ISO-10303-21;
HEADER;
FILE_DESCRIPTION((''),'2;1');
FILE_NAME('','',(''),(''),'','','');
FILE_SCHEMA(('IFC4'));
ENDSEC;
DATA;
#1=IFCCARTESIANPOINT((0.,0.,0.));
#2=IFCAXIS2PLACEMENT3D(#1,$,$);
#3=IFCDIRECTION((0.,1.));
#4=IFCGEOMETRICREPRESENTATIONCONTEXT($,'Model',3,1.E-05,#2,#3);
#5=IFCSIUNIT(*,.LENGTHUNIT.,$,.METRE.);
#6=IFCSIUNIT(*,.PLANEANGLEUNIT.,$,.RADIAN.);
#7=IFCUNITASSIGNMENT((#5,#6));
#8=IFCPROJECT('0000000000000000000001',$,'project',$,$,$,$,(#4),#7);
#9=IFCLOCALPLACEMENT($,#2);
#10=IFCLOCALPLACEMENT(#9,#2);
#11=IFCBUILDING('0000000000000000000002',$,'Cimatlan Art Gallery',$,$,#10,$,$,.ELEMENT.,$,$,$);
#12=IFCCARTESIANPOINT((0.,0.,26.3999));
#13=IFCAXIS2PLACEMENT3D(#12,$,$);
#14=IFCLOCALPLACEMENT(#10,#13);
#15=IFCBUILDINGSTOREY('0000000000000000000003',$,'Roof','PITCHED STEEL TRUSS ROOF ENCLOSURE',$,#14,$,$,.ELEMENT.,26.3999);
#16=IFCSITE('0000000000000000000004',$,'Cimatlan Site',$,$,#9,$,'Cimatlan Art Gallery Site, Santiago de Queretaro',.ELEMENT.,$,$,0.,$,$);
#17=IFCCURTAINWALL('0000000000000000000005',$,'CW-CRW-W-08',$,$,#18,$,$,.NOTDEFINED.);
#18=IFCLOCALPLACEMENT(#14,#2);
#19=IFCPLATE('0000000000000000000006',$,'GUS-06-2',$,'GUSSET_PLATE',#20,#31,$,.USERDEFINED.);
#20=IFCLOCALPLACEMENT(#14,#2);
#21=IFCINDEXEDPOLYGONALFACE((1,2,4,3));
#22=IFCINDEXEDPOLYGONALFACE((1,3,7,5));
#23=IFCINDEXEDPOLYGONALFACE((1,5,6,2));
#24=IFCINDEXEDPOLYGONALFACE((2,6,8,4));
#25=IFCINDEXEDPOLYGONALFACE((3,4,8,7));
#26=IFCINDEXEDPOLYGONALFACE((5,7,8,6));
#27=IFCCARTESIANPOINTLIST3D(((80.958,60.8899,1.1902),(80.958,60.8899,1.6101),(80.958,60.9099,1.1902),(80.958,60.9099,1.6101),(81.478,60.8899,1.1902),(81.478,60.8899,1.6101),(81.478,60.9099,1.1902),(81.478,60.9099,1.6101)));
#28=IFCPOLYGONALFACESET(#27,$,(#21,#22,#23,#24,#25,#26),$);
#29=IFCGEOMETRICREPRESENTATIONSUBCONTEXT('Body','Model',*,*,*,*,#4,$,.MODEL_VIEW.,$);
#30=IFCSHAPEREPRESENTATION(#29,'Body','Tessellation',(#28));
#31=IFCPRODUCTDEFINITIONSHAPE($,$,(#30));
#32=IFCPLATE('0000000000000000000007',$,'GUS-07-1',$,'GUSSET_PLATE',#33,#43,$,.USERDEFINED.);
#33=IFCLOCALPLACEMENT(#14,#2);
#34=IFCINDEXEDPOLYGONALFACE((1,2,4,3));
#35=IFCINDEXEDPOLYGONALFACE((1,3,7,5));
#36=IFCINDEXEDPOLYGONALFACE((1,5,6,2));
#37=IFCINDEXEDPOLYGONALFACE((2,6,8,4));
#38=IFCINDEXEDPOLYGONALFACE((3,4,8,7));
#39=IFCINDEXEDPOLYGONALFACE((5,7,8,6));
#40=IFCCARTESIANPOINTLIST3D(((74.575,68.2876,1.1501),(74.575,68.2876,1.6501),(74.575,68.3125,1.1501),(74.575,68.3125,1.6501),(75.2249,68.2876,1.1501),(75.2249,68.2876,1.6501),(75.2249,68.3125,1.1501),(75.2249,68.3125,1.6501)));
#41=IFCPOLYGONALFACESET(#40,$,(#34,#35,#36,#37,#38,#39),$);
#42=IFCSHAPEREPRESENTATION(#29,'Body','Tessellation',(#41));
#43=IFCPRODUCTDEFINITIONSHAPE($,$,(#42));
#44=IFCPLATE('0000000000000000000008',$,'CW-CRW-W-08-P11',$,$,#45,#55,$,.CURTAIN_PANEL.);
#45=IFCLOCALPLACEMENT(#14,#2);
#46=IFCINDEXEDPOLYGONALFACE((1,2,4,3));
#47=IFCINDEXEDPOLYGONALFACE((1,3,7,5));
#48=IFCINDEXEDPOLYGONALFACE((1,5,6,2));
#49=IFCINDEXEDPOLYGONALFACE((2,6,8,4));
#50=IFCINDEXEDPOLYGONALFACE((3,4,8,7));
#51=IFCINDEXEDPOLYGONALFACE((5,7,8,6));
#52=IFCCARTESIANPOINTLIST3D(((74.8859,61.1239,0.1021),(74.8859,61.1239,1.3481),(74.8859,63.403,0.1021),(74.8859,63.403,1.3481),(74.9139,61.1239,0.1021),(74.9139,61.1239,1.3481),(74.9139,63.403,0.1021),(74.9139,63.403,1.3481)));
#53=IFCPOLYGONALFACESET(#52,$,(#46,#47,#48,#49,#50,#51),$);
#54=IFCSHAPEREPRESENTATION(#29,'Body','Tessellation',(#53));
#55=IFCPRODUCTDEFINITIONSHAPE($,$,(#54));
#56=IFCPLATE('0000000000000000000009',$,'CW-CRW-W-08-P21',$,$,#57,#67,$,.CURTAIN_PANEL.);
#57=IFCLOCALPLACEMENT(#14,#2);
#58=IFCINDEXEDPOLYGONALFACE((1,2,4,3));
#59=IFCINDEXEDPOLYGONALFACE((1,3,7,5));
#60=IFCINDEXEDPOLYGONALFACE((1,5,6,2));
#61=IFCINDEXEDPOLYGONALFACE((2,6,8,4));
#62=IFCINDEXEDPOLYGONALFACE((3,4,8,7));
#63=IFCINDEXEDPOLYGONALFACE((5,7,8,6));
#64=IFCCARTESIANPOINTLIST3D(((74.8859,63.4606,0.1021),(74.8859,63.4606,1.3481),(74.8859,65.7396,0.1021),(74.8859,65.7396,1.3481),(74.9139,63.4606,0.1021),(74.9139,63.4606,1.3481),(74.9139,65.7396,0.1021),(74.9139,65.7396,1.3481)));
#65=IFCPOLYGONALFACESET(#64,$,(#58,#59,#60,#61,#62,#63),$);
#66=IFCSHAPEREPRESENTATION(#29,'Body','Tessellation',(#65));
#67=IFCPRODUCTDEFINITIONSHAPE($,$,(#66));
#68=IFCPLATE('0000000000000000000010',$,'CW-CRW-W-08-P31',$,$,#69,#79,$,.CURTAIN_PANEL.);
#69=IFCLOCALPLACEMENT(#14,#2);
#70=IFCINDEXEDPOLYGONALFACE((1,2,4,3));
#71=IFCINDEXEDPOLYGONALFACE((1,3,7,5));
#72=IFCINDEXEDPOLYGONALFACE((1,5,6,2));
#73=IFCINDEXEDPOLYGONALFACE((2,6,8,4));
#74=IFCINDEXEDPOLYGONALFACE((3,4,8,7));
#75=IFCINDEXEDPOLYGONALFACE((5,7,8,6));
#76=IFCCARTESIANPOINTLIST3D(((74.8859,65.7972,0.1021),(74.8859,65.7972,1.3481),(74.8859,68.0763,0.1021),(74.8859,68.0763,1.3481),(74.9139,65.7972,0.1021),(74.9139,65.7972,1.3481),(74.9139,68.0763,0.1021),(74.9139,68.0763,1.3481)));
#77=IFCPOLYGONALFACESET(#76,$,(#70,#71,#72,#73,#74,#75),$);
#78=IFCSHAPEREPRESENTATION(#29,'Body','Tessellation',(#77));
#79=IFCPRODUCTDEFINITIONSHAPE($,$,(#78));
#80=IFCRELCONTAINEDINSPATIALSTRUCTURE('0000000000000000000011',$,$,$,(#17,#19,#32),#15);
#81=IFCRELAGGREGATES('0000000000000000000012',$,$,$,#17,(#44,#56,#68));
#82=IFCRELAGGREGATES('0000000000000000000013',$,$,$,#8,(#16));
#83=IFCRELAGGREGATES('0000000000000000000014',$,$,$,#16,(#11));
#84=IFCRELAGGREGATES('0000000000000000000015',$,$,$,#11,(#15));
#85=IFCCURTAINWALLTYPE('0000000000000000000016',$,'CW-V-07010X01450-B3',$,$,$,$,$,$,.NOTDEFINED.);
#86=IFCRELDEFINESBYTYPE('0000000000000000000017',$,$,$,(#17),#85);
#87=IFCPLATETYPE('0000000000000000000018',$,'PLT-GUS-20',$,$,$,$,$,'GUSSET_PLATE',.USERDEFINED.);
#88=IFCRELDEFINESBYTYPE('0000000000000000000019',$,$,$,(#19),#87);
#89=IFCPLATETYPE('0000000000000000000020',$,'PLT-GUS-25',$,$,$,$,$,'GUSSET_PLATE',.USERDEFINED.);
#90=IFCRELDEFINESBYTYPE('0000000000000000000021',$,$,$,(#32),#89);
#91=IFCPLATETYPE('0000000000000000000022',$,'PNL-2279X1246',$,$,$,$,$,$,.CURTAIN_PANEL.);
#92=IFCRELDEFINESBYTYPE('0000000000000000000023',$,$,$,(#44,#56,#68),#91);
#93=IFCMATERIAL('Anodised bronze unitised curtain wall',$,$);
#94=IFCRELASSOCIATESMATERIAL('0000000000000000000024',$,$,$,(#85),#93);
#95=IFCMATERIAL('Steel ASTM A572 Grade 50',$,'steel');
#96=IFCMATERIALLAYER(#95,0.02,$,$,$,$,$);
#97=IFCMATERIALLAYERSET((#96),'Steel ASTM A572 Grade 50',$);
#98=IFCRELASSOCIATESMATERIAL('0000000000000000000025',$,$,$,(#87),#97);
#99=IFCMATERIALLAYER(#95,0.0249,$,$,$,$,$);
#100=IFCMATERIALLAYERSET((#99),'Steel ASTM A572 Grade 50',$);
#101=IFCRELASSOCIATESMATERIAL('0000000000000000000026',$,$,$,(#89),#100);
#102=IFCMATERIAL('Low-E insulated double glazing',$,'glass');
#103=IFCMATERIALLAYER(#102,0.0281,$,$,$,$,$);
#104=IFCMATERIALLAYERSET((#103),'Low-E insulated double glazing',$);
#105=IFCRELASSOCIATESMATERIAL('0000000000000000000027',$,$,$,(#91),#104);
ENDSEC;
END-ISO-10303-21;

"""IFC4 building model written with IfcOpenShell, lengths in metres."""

from ifc_helpers import new_model, si_unit, direction, frame, origin, origin_2d, place, context, subcontext, project, spatial, rectangle, extrude, material, layer, layer_set, type_object, element, aggregate, save


model = new_model("IFC4")

# Units and contexts
model_context = context("Model", 3, precision=1e-05, world=origin(), true_north=direction((0.0, 1.0)))
body_context = subcontext(model_context, "Body", "Model", "MODEL_VIEW")
ifc_project = project(units=[si_unit("LENGTHUNIT", "METRE"), si_unit("PLANEANGLEUNIT", "RADIAN")], contexts=[model_context])

# Site, building, storey
site_placement = place(None, origin())
site = spatial("IfcSite", under=ifc_project, at=site_placement, Name="Cimatlan Site", LongName="Cimatlan Art Gallery Site, Santiago de Queretaro", CompositionType="ELEMENT", RefElevation=0.0)
building_placement = place(site_placement, origin())
building = spatial("IfcBuilding", under=site, at=building_placement, Name="Cimatlan Art Gallery", CompositionType="ELEMENT")
storey_placement = place(building_placement, frame((0.0, 0.0, 26.3999)))
storey = spatial("IfcBuildingStorey", under=building, at=storey_placement, Name="Roof", Description="PITCHED STEEL TRUSS ROOF ENCLOSURE", CompositionType="ELEMENT", Elevation=26.3999)

# Curtain wall
ifc_material_1 = material(Name="Anodised bronze unitised curtain wall")
curtain_wall_type = type_object("IfcCurtainWallType", Name="CW-V-07010X01450-B3", PredefinedType="NOTDEFINED", material=ifc_material_1)
curtain_wall_placement = place(storey_placement, origin())
curtain_wall = element("IfcCurtainWall", 1, at=curtain_wall_placement, inside=storey, type_object=curtain_wall_type, Name="CW-CRW-W-08", PredefinedType="NOTDEFINED")

# Plates
ifc_material_2 = material(Name="Steel ASTM A572 Grade 50", Category="steel")
ifc_layer_1 = layer(ifc_material_2, 0.02)
ifc_layer_set_1 = layer_set([ifc_layer_1], Name="Steel ASTM A572 Grade 50")
plate_type_1 = type_object("IfcPlateType", Name="PLT-GUS-20", ElementType="GUSSET_PLATE", PredefinedType="USERDEFINED", material=ifc_layer_set_1)
plate_1_placement = place(storey_placement, frame((81.218, 60.8999, 1.1902), z_axis=(0.0, 0.0, 1.0), x_axis=(1.0, 0.0, 0.0)))
element("IfcPlate", 2, at=plate_1_placement, inside=storey, type_object=plate_type_1, Name="GUS-06-2", ObjectType="GUSSET_PLATE", PredefinedType="USERDEFINED", context=body_context, shape_type="SweptSolid", body=[
    extrude(rectangle(XDim=0.52, YDim=0.02, at=origin_2d()), origin(), (0.0, 0.0, 1.0), 0.4199),
])
ifc_layer_2 = layer(ifc_material_2, 0.0249)
ifc_layer_set_2 = layer_set([ifc_layer_2], Name="Steel ASTM A572 Grade 50")
plate_type_2 = type_object("IfcPlateType", Name="PLT-GUS-25", ElementType="GUSSET_PLATE", PredefinedType="USERDEFINED", material=ifc_layer_set_2)
plate_2_placement = place(storey_placement, frame((74.8999, 68.3, 1.1501), z_axis=(0.0, 0.0, 1.0), x_axis=(1.0, 0.0, 0.0)))
element("IfcPlate", 3, at=plate_2_placement, inside=storey, type_object=plate_type_2, Name="GUS-07-1", ObjectType="GUSSET_PLATE", PredefinedType="USERDEFINED", context=body_context, shape_type="SweptSolid", body=[
    extrude(rectangle(XDim=0.6499, YDim=0.0249, at=origin_2d()), origin(), (0.0, 0.0, 1.0), 0.5),
])

# Plates
ifc_material_3 = material(Name="Low-E insulated double glazing", Category="glass")
ifc_layer_3 = layer(ifc_material_3, 0.0281)
ifc_layer_set_3 = layer_set([ifc_layer_3], Name="Low-E insulated double glazing")
plate_type_3 = type_object("IfcPlateType", Name="PNL-2279X1246", PredefinedType="CURTAIN_PANEL", material=ifc_layer_set_3)
plate_3_placement = place(storey_placement, frame((74.8999, 62.2634, 0.1021), z_axis=(0.0, 0.0, 1.0), x_axis=(0.0, 1.0, 0.0)))
plate_3 = element("IfcPlate", 4, at=plate_3_placement, type_object=plate_type_3, Name="CW-CRW-W-08-P11", PredefinedType="CURTAIN_PANEL", context=body_context, shape_type="SweptSolid", body=[
    extrude(rectangle(XDim=2.2791, YDim=0.0281, at=origin_2d()), origin(), (0.0, 0.0, 1.0), 1.2461),
])
plate_4_placement = place(storey_placement, frame((74.8999, 64.6001, 0.1021), z_axis=(0.0, 0.0, 1.0), x_axis=(0.0, 1.0, 0.0)))
plate_4 = element("IfcPlate", 5, at=plate_4_placement, type_object=plate_type_3, Name="CW-CRW-W-08-P21", PredefinedType="CURTAIN_PANEL", context=body_context, shape_type="SweptSolid", body=[
    extrude(rectangle(XDim=2.2791, YDim=0.0281, at=origin_2d()), origin(), (0.0, 0.0, 1.0), 1.2461),
])
plate_5_placement = place(storey_placement, frame((74.8999, 66.9368, 0.1021), z_axis=(0.0, 0.0, 1.0), x_axis=(0.0, 1.0, 0.0)))
plate_5 = element("IfcPlate", 6, at=plate_5_placement, type_object=plate_type_3, Name="CW-CRW-W-08-P31", PredefinedType="CURTAIN_PANEL", context=body_context, shape_type="SweptSolid", body=[
    extrude(rectangle(XDim=2.2791, YDim=0.0281, at=origin_2d()), origin(), (0.0, 0.0, 1.0), 1.2461),
])
aggregate(curtain_wall, [plate_3, plate_4, plate_5])

save(model, "model.ifc")
